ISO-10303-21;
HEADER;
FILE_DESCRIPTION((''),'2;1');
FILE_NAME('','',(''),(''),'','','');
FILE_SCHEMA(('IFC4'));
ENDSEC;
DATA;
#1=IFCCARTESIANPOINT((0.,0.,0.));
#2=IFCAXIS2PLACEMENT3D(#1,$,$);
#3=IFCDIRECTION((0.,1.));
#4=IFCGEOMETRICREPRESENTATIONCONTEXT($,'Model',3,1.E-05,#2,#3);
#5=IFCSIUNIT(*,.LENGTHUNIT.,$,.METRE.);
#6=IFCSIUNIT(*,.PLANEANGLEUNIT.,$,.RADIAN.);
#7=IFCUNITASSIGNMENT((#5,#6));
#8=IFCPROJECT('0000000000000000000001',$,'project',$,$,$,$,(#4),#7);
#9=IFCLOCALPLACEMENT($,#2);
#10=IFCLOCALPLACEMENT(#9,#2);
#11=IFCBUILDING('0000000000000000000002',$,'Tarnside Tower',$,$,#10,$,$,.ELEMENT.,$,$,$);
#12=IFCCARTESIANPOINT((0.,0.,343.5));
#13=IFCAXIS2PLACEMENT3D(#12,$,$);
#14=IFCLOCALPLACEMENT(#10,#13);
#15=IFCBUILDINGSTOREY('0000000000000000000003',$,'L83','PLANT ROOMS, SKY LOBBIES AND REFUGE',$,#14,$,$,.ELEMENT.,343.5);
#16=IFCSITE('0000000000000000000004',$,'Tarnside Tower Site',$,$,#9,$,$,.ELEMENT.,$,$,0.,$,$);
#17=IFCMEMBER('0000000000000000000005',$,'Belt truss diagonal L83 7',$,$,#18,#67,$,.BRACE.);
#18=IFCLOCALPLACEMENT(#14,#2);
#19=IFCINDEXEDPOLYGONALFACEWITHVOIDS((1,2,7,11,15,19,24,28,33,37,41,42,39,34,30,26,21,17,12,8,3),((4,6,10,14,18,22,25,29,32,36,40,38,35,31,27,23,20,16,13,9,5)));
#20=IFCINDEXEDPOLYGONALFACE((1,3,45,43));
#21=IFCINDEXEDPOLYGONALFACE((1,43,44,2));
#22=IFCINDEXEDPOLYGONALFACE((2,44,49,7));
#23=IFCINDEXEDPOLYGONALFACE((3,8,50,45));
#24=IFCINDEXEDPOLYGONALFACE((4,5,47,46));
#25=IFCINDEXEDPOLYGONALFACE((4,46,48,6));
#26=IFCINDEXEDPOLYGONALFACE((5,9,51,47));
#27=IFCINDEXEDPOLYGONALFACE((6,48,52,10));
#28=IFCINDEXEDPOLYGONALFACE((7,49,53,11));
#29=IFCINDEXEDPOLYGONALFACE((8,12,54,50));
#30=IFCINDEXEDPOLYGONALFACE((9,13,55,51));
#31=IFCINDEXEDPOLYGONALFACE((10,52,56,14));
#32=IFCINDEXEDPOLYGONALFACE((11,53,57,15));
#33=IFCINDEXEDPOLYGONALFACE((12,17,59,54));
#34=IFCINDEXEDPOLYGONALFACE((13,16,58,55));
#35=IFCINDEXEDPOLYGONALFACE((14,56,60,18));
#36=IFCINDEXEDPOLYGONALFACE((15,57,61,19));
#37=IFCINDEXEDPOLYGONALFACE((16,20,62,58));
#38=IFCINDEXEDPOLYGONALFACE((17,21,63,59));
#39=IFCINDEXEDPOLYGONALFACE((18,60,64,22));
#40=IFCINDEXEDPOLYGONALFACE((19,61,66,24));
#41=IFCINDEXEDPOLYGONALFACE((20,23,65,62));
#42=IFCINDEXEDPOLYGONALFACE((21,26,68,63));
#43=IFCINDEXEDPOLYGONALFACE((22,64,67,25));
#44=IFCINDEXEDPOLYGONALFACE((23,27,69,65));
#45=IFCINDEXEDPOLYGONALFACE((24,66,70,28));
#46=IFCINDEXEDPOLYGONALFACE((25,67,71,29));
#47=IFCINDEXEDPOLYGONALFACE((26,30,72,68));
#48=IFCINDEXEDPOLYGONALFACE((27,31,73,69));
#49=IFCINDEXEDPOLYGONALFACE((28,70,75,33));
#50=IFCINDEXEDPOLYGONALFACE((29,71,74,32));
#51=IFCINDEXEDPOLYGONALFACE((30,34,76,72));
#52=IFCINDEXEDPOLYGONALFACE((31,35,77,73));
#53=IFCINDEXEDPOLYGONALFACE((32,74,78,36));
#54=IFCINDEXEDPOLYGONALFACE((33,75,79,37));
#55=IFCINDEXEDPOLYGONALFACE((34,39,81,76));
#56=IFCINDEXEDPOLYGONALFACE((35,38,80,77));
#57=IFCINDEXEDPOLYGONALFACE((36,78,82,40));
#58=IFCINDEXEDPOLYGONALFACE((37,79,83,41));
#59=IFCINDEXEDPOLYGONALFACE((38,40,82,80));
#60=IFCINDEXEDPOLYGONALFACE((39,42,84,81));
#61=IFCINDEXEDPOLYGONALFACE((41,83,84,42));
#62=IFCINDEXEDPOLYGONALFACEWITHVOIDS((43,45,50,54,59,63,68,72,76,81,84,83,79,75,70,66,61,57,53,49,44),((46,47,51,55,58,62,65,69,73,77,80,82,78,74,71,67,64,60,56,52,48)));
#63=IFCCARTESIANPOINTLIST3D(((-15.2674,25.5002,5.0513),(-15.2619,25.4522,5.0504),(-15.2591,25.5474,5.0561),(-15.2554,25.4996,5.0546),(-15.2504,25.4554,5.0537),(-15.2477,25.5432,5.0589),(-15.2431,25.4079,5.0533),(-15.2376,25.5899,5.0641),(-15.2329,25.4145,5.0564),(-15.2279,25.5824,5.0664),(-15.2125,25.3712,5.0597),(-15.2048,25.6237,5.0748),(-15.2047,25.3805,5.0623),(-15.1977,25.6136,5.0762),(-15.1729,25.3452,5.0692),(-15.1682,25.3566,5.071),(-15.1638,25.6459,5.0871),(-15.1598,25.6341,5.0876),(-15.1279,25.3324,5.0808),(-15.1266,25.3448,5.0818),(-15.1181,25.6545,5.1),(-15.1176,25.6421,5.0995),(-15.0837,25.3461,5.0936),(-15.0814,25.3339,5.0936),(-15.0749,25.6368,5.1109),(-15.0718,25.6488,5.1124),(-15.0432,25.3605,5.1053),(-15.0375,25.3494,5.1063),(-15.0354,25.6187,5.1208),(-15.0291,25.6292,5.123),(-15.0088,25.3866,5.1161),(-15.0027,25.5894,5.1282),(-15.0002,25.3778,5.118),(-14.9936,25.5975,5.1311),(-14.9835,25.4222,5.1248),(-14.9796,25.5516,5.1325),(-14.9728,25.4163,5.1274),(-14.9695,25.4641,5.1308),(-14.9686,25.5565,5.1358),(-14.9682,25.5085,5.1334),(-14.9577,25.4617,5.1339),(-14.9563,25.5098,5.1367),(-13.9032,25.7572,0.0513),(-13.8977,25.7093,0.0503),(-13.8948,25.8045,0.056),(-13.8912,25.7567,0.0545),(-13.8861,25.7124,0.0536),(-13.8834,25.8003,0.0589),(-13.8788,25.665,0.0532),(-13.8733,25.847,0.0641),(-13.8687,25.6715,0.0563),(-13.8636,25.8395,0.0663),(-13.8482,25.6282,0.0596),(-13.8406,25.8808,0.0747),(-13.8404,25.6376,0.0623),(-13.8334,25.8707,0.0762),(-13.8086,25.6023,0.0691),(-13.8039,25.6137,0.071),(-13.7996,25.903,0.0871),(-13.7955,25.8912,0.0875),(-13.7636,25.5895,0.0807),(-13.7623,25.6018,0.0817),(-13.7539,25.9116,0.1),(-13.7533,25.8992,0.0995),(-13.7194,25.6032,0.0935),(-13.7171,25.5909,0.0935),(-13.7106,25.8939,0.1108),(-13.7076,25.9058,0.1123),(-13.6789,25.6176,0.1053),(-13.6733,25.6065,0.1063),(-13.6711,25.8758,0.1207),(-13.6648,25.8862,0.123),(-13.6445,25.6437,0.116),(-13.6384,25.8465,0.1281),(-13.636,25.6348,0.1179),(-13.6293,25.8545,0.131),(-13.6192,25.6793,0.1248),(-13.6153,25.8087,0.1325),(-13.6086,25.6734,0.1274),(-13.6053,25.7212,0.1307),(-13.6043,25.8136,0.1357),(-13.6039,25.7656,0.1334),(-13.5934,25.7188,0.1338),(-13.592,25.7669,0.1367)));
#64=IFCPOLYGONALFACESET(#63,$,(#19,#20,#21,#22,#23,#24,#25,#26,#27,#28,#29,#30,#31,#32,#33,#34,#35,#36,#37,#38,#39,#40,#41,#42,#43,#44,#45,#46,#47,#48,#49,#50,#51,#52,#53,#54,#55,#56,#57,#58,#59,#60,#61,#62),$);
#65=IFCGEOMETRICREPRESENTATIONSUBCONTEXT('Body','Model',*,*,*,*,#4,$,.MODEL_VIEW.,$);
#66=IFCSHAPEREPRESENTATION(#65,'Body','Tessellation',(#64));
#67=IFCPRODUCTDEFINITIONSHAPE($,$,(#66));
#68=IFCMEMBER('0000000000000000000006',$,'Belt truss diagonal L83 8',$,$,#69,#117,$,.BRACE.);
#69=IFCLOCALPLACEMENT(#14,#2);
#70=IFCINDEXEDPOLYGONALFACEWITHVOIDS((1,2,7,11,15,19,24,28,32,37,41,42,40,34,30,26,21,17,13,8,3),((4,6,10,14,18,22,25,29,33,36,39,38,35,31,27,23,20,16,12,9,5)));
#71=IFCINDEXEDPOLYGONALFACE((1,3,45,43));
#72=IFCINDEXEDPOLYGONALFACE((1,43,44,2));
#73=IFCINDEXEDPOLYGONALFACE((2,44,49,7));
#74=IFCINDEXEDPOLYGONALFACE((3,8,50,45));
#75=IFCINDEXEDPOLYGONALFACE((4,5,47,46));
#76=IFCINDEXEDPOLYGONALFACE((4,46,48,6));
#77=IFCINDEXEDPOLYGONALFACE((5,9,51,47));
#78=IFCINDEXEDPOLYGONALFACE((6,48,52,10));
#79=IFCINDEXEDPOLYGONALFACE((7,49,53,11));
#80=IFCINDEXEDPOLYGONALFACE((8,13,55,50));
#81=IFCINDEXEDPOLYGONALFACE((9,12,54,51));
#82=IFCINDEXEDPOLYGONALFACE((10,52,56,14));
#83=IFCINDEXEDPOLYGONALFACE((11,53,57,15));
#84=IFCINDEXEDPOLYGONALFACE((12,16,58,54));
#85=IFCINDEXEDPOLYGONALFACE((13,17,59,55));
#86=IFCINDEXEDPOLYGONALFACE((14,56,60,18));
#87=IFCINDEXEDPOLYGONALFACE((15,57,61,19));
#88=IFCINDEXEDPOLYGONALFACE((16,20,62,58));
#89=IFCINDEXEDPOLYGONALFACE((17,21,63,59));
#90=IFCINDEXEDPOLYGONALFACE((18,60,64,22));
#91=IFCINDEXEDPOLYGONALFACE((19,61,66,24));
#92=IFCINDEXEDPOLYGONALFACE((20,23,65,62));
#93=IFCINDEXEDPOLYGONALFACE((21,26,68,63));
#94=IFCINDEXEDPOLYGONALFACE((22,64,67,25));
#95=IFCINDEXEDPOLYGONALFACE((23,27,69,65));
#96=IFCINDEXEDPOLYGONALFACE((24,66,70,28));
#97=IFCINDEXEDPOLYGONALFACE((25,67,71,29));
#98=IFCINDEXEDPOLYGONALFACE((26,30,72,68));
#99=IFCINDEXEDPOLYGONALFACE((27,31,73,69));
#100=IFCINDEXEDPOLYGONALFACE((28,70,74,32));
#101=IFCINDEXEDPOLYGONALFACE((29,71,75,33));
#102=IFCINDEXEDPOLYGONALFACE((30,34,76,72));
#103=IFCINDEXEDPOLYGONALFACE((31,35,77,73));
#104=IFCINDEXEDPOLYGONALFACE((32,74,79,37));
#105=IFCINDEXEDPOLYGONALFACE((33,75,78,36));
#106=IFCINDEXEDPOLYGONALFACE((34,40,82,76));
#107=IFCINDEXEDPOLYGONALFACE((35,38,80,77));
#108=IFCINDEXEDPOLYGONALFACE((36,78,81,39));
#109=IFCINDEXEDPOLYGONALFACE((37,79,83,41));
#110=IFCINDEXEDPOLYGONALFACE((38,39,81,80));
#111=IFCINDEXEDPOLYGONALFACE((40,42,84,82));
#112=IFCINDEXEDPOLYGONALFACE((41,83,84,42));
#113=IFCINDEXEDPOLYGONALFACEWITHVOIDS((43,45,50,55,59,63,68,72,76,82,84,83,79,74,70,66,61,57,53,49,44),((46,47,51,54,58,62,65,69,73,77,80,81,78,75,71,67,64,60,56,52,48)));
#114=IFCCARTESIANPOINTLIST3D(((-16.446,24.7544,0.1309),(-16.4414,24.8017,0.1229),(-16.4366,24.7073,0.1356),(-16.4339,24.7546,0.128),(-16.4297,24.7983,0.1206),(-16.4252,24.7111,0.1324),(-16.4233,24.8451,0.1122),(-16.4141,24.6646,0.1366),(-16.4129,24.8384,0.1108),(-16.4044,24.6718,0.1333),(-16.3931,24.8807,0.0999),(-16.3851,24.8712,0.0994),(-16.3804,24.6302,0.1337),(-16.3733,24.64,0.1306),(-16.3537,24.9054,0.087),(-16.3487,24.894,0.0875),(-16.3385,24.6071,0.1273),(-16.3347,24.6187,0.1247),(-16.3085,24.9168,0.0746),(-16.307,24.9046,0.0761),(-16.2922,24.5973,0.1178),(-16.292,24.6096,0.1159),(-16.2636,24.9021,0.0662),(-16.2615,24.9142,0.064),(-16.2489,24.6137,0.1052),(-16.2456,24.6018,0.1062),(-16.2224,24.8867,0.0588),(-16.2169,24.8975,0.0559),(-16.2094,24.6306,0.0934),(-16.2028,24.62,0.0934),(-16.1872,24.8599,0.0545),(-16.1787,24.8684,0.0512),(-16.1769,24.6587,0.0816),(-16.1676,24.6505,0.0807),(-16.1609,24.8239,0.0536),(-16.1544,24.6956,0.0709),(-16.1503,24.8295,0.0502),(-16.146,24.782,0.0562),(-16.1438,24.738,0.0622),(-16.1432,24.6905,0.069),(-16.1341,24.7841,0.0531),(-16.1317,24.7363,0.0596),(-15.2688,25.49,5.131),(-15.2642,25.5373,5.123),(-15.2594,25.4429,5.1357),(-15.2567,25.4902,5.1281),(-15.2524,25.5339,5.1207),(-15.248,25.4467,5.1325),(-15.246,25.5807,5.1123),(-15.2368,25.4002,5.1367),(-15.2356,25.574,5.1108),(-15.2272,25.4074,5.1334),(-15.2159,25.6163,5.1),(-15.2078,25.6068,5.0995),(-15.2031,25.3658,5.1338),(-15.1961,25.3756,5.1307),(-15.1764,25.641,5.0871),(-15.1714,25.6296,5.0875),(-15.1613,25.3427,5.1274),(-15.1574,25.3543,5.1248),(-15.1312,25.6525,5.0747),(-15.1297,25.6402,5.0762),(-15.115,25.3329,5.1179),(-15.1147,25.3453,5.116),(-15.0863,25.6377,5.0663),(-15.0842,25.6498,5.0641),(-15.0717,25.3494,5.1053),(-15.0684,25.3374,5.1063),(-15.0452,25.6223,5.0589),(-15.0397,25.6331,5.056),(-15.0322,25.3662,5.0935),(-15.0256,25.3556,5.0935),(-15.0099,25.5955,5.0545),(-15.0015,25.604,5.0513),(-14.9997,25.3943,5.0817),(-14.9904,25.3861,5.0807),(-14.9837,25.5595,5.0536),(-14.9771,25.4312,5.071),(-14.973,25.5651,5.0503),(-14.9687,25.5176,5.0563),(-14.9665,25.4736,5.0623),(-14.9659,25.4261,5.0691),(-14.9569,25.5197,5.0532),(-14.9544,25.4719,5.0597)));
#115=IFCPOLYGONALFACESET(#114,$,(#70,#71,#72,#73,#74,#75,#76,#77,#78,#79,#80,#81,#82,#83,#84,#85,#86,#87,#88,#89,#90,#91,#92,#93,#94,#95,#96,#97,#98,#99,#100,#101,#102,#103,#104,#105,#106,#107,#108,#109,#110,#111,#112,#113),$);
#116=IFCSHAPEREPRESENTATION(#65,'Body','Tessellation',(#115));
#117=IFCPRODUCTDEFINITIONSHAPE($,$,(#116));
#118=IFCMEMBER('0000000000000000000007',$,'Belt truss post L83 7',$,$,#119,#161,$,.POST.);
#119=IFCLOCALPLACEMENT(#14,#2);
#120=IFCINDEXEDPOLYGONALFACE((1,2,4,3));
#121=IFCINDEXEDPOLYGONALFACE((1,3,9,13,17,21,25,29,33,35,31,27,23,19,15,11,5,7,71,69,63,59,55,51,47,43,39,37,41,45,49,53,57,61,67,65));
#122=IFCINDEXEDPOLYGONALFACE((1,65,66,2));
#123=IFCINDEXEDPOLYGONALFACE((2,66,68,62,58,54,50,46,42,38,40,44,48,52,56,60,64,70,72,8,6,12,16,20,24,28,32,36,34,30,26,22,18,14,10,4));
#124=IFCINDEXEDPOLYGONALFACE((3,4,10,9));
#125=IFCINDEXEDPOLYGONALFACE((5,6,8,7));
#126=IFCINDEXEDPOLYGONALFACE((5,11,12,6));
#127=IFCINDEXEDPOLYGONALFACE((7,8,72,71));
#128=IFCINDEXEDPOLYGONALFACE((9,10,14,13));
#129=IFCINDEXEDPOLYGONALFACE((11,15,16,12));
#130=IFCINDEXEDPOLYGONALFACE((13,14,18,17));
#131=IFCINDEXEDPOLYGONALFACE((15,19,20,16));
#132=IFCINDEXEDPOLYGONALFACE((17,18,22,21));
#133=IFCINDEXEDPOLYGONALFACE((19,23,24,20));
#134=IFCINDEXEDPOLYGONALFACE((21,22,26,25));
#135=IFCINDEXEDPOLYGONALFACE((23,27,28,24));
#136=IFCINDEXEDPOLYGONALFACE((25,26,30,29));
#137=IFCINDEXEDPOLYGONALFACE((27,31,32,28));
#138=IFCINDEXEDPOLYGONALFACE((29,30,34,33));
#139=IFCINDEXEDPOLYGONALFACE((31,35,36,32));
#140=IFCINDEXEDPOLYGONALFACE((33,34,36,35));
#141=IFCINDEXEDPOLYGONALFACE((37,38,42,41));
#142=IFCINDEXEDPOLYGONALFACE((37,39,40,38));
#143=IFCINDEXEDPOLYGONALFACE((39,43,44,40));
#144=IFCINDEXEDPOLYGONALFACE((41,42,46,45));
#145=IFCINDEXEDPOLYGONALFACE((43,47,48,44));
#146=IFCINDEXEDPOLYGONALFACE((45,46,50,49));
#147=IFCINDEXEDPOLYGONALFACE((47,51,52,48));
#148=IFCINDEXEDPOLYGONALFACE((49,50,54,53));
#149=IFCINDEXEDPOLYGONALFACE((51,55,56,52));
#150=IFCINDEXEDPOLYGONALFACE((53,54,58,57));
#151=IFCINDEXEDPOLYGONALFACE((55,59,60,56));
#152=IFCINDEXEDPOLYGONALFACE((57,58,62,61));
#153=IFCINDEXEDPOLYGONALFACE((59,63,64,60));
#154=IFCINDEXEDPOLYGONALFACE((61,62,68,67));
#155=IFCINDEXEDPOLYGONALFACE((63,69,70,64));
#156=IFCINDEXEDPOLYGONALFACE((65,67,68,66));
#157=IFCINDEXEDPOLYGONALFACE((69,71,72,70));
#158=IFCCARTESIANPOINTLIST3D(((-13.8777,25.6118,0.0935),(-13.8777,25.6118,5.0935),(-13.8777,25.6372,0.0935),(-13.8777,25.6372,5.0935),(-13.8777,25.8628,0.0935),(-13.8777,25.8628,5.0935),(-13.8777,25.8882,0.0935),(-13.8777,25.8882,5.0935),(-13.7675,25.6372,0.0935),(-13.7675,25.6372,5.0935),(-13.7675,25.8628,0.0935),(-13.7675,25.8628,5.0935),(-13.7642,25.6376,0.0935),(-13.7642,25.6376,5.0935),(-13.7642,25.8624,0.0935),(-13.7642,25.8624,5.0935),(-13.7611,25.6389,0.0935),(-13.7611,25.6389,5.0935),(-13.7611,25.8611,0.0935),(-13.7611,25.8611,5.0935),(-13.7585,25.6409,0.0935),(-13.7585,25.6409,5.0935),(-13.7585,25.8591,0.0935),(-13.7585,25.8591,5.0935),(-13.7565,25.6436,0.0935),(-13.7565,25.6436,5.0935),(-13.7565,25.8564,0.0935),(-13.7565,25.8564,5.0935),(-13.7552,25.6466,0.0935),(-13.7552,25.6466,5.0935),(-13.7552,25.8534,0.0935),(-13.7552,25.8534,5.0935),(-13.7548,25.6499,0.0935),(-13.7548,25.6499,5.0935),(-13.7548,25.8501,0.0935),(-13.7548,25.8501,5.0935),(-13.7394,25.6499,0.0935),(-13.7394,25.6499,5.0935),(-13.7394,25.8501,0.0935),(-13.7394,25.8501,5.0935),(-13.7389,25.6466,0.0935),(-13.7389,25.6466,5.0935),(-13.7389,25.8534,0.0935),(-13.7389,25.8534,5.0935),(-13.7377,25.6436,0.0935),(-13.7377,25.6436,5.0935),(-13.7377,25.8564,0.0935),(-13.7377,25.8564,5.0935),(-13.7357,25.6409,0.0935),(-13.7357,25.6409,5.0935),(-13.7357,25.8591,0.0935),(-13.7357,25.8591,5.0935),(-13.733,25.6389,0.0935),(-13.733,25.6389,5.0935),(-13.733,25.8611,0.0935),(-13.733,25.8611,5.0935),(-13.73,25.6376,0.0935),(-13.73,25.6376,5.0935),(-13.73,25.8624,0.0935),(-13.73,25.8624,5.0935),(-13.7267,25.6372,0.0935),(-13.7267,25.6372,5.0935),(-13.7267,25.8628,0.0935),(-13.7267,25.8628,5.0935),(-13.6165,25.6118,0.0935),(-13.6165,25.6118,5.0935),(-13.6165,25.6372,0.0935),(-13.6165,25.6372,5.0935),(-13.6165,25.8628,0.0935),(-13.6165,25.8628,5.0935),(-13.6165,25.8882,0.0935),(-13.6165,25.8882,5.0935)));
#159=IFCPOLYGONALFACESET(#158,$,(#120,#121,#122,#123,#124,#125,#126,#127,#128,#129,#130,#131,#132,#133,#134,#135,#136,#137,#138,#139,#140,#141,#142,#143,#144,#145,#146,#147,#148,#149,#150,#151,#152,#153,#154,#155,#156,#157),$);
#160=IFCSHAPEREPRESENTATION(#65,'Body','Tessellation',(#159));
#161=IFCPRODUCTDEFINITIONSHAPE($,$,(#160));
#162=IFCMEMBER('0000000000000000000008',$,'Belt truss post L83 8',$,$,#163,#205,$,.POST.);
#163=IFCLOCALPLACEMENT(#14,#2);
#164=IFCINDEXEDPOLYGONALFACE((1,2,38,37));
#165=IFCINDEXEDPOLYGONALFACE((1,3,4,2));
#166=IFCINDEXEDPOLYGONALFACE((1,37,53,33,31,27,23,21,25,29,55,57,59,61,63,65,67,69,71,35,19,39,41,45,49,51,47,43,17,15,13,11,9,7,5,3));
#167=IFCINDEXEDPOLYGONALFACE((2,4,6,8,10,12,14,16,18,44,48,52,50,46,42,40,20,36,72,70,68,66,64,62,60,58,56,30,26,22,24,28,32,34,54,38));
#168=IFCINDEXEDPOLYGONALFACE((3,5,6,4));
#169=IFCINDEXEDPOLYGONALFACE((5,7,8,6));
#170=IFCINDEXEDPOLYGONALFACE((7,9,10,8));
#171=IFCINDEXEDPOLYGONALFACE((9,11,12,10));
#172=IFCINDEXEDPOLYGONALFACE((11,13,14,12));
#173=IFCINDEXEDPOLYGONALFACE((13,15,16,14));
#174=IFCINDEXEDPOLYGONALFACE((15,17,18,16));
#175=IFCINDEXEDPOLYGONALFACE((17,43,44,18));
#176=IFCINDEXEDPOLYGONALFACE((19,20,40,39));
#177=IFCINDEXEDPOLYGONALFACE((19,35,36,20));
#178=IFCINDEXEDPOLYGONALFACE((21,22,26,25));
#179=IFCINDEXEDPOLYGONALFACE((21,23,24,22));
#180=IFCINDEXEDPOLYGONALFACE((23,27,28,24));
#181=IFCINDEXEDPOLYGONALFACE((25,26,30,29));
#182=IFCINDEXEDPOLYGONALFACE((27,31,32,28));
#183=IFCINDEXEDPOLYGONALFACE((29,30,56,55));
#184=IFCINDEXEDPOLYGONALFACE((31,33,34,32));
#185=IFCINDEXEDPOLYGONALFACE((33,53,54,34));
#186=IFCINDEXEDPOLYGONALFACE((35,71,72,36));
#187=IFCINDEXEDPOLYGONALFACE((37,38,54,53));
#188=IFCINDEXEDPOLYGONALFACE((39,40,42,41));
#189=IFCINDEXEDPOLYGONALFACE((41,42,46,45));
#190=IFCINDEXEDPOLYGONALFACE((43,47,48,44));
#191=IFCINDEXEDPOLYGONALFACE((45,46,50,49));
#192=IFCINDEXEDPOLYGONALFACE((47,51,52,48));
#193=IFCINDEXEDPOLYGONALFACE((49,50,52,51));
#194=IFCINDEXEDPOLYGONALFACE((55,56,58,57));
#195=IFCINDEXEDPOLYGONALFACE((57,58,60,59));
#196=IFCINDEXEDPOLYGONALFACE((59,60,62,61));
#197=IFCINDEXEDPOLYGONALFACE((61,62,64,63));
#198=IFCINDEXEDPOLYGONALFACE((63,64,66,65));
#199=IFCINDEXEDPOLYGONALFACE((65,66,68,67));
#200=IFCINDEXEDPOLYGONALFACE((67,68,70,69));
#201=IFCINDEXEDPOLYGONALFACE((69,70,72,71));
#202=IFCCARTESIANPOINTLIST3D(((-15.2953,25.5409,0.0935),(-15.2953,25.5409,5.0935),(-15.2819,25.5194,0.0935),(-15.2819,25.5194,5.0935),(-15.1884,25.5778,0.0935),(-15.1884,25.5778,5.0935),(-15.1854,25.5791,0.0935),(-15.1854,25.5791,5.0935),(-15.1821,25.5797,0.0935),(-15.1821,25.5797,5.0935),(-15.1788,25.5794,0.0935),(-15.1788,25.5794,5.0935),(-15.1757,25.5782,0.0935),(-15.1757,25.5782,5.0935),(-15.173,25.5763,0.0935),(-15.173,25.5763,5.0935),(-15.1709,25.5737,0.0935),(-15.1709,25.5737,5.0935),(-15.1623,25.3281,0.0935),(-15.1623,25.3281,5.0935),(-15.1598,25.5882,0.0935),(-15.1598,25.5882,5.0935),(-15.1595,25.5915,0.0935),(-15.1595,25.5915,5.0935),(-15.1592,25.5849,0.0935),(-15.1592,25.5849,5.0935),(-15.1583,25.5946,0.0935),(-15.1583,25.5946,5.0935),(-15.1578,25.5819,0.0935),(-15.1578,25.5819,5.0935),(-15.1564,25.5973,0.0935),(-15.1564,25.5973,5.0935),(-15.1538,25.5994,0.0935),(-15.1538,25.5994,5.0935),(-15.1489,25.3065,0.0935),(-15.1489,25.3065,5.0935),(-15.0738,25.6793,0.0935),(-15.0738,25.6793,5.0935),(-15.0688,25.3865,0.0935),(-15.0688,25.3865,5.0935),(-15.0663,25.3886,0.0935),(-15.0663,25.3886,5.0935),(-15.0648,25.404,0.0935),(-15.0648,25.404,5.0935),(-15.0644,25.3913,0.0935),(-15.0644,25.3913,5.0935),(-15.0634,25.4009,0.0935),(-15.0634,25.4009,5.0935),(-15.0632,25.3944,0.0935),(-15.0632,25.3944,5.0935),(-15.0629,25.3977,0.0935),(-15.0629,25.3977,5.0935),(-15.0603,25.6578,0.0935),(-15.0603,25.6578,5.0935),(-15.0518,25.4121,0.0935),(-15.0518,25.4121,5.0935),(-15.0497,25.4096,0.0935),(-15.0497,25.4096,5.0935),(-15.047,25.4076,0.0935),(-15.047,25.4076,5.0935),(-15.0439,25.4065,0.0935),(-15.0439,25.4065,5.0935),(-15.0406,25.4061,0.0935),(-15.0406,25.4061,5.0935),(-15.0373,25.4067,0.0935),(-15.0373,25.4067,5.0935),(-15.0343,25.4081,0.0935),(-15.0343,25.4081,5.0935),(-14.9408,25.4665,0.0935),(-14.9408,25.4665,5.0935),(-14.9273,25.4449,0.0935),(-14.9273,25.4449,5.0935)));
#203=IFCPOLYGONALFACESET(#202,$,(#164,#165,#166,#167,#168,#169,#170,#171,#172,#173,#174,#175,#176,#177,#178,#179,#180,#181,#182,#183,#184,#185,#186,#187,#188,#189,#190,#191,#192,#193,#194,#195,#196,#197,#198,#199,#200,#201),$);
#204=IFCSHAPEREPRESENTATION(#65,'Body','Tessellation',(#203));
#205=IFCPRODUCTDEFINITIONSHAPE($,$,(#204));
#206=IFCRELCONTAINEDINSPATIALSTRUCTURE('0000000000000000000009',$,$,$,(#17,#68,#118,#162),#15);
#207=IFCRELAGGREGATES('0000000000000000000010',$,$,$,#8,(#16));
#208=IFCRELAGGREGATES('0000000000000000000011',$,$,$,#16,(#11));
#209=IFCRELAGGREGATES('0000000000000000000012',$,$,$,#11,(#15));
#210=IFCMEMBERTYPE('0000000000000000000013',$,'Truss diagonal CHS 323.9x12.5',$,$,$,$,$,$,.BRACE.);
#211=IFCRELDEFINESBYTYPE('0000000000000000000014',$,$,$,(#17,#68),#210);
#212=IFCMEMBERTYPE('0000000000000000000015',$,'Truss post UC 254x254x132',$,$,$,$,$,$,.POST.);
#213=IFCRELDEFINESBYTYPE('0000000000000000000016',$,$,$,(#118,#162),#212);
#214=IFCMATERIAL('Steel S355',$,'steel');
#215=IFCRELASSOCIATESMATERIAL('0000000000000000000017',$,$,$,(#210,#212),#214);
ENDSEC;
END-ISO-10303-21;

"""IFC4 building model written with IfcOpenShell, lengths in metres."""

from ifc_helpers import new_model, si_unit, direction, frame, origin, origin_2d, place, context, subcontext, project, spatial, hollow_circle, i_section, extrude, material, material_profile, profile_set, type_object, element, save


model = new_model("IFC4")

# Units and contexts
model_context = context("Model", 3, precision=1e-05, world=origin(), true_north=direction((0.0, 1.0)))
body_context = subcontext(model_context, "Body", "Model", "MODEL_VIEW")
ifc_project = project(units=[si_unit("LENGTHUNIT", "METRE"), si_unit("PLANEANGLEUNIT", "RADIAN")], contexts=[model_context])

# Site, building, storey
site_placement = place(None, origin())
site = spatial("IfcSite", under=ifc_project, at=site_placement, Name="Tarnside Tower Site", CompositionType="ELEMENT", RefElevation=0.0)
building_placement = place(site_placement, origin())
building = spatial("IfcBuilding", under=site, at=building_placement, Name="Tarnside Tower", CompositionType="ELEMENT")
storey_placement = place(building_placement, frame((0.0, 0.0, 343.5)))
storey = spatial("IfcBuildingStorey", under=building, at=storey_placement, Name="L83", Description="PLANT ROOMS, SKY LOBBIES AND REFUGE", CompositionType="ELEMENT", Elevation=343.5)

# Shared definitions
ifc_material_1 = material(Name="Steel S355", Category="steel")

# Members
ifc_material_profile_1 = material_profile(ifc_material_1, hollow_circle(Radius=0.1619, WallThickness=0.0125, at=origin_2d()), Name="CHS 323.9x12.5")
ifc_profile_set_1 = profile_set([ifc_material_profile_1], Name="Steel S355")
member_type_1 = type_object("IfcMemberType", Name="Truss diagonal CHS 323.9x12.5", PredefinedType="BRACE", material=ifc_profile_set_1)
for number, where, z_axis, x_axis, name in (
    (1, (-13.7471, 25.75, 0.0935), (-0.262906, -0.049542, 0.963549), (0.18518, -0.982705, 0.0), "Belt truss diagonal L83 7"),
    (2, (-15.1113, 25.4929, 5.0935), (-0.226868, -0.141757, -0.963554), (0.529904, -0.848058, 0.0), "Belt truss diagonal L83 8"),
):
    element("IfcMember", number, at=place(storey_placement, frame(where, z_axis=z_axis, x_axis=x_axis)), inside=storey, type_object=member_type_1, Name=name, PredefinedType="BRACE", context=body_context, shape_type="SweptSolid", body=[
        extrude(hollow_circle(Radius=0.1619, WallThickness=0.0125, at=origin_2d()), origin(), (0.0, 0.0, 1.0), 5.1892),
    ])
ifc_material_profile_2 = material_profile(ifc_material_1, i_section(OverallWidth=0.2612, OverallDepth=0.2764, WebThickness=0.0154, FlangeThickness=0.0254, FilletRadius=0.0127, at=origin_2d()), Name="UC 254x254x132")
ifc_profile_set_2 = profile_set([ifc_material_profile_2], Name="Steel S355")
member_type_2 = type_object("IfcMemberType", Name="Truss post UC 254x254x132", PredefinedType="POST", material=ifc_profile_set_2)
for number, where, z_axis, x_axis, name in (
    (3, (-13.7471, 25.75, 0.0935), (0.0, 0.0, 1.0), (-1.0, 0.0, 0.0), "Belt truss post L83 7"),
    (4, (-15.1113, 25.4929, 0.0935), (0.0, 0.0, 1.0), (-0.848048, -0.529919, 0.0), "Belt truss post L83 8"),
):
    element("IfcMember", number, at=place(storey_placement, frame(where, z_axis=z_axis, x_axis=x_axis)), inside=storey, type_object=member_type_2, Name=name, PredefinedType="POST", context=body_context, shape_type="SweptSolid", body=[
        extrude(i_section(OverallWidth=0.2612, OverallDepth=0.2764, WebThickness=0.0154, FlangeThickness=0.0254, FilletRadius=0.0127, at=origin_2d()), origin(), (0.0, 0.0, 1.0), 5.0),
    ])

save(model, "model.ifc")
